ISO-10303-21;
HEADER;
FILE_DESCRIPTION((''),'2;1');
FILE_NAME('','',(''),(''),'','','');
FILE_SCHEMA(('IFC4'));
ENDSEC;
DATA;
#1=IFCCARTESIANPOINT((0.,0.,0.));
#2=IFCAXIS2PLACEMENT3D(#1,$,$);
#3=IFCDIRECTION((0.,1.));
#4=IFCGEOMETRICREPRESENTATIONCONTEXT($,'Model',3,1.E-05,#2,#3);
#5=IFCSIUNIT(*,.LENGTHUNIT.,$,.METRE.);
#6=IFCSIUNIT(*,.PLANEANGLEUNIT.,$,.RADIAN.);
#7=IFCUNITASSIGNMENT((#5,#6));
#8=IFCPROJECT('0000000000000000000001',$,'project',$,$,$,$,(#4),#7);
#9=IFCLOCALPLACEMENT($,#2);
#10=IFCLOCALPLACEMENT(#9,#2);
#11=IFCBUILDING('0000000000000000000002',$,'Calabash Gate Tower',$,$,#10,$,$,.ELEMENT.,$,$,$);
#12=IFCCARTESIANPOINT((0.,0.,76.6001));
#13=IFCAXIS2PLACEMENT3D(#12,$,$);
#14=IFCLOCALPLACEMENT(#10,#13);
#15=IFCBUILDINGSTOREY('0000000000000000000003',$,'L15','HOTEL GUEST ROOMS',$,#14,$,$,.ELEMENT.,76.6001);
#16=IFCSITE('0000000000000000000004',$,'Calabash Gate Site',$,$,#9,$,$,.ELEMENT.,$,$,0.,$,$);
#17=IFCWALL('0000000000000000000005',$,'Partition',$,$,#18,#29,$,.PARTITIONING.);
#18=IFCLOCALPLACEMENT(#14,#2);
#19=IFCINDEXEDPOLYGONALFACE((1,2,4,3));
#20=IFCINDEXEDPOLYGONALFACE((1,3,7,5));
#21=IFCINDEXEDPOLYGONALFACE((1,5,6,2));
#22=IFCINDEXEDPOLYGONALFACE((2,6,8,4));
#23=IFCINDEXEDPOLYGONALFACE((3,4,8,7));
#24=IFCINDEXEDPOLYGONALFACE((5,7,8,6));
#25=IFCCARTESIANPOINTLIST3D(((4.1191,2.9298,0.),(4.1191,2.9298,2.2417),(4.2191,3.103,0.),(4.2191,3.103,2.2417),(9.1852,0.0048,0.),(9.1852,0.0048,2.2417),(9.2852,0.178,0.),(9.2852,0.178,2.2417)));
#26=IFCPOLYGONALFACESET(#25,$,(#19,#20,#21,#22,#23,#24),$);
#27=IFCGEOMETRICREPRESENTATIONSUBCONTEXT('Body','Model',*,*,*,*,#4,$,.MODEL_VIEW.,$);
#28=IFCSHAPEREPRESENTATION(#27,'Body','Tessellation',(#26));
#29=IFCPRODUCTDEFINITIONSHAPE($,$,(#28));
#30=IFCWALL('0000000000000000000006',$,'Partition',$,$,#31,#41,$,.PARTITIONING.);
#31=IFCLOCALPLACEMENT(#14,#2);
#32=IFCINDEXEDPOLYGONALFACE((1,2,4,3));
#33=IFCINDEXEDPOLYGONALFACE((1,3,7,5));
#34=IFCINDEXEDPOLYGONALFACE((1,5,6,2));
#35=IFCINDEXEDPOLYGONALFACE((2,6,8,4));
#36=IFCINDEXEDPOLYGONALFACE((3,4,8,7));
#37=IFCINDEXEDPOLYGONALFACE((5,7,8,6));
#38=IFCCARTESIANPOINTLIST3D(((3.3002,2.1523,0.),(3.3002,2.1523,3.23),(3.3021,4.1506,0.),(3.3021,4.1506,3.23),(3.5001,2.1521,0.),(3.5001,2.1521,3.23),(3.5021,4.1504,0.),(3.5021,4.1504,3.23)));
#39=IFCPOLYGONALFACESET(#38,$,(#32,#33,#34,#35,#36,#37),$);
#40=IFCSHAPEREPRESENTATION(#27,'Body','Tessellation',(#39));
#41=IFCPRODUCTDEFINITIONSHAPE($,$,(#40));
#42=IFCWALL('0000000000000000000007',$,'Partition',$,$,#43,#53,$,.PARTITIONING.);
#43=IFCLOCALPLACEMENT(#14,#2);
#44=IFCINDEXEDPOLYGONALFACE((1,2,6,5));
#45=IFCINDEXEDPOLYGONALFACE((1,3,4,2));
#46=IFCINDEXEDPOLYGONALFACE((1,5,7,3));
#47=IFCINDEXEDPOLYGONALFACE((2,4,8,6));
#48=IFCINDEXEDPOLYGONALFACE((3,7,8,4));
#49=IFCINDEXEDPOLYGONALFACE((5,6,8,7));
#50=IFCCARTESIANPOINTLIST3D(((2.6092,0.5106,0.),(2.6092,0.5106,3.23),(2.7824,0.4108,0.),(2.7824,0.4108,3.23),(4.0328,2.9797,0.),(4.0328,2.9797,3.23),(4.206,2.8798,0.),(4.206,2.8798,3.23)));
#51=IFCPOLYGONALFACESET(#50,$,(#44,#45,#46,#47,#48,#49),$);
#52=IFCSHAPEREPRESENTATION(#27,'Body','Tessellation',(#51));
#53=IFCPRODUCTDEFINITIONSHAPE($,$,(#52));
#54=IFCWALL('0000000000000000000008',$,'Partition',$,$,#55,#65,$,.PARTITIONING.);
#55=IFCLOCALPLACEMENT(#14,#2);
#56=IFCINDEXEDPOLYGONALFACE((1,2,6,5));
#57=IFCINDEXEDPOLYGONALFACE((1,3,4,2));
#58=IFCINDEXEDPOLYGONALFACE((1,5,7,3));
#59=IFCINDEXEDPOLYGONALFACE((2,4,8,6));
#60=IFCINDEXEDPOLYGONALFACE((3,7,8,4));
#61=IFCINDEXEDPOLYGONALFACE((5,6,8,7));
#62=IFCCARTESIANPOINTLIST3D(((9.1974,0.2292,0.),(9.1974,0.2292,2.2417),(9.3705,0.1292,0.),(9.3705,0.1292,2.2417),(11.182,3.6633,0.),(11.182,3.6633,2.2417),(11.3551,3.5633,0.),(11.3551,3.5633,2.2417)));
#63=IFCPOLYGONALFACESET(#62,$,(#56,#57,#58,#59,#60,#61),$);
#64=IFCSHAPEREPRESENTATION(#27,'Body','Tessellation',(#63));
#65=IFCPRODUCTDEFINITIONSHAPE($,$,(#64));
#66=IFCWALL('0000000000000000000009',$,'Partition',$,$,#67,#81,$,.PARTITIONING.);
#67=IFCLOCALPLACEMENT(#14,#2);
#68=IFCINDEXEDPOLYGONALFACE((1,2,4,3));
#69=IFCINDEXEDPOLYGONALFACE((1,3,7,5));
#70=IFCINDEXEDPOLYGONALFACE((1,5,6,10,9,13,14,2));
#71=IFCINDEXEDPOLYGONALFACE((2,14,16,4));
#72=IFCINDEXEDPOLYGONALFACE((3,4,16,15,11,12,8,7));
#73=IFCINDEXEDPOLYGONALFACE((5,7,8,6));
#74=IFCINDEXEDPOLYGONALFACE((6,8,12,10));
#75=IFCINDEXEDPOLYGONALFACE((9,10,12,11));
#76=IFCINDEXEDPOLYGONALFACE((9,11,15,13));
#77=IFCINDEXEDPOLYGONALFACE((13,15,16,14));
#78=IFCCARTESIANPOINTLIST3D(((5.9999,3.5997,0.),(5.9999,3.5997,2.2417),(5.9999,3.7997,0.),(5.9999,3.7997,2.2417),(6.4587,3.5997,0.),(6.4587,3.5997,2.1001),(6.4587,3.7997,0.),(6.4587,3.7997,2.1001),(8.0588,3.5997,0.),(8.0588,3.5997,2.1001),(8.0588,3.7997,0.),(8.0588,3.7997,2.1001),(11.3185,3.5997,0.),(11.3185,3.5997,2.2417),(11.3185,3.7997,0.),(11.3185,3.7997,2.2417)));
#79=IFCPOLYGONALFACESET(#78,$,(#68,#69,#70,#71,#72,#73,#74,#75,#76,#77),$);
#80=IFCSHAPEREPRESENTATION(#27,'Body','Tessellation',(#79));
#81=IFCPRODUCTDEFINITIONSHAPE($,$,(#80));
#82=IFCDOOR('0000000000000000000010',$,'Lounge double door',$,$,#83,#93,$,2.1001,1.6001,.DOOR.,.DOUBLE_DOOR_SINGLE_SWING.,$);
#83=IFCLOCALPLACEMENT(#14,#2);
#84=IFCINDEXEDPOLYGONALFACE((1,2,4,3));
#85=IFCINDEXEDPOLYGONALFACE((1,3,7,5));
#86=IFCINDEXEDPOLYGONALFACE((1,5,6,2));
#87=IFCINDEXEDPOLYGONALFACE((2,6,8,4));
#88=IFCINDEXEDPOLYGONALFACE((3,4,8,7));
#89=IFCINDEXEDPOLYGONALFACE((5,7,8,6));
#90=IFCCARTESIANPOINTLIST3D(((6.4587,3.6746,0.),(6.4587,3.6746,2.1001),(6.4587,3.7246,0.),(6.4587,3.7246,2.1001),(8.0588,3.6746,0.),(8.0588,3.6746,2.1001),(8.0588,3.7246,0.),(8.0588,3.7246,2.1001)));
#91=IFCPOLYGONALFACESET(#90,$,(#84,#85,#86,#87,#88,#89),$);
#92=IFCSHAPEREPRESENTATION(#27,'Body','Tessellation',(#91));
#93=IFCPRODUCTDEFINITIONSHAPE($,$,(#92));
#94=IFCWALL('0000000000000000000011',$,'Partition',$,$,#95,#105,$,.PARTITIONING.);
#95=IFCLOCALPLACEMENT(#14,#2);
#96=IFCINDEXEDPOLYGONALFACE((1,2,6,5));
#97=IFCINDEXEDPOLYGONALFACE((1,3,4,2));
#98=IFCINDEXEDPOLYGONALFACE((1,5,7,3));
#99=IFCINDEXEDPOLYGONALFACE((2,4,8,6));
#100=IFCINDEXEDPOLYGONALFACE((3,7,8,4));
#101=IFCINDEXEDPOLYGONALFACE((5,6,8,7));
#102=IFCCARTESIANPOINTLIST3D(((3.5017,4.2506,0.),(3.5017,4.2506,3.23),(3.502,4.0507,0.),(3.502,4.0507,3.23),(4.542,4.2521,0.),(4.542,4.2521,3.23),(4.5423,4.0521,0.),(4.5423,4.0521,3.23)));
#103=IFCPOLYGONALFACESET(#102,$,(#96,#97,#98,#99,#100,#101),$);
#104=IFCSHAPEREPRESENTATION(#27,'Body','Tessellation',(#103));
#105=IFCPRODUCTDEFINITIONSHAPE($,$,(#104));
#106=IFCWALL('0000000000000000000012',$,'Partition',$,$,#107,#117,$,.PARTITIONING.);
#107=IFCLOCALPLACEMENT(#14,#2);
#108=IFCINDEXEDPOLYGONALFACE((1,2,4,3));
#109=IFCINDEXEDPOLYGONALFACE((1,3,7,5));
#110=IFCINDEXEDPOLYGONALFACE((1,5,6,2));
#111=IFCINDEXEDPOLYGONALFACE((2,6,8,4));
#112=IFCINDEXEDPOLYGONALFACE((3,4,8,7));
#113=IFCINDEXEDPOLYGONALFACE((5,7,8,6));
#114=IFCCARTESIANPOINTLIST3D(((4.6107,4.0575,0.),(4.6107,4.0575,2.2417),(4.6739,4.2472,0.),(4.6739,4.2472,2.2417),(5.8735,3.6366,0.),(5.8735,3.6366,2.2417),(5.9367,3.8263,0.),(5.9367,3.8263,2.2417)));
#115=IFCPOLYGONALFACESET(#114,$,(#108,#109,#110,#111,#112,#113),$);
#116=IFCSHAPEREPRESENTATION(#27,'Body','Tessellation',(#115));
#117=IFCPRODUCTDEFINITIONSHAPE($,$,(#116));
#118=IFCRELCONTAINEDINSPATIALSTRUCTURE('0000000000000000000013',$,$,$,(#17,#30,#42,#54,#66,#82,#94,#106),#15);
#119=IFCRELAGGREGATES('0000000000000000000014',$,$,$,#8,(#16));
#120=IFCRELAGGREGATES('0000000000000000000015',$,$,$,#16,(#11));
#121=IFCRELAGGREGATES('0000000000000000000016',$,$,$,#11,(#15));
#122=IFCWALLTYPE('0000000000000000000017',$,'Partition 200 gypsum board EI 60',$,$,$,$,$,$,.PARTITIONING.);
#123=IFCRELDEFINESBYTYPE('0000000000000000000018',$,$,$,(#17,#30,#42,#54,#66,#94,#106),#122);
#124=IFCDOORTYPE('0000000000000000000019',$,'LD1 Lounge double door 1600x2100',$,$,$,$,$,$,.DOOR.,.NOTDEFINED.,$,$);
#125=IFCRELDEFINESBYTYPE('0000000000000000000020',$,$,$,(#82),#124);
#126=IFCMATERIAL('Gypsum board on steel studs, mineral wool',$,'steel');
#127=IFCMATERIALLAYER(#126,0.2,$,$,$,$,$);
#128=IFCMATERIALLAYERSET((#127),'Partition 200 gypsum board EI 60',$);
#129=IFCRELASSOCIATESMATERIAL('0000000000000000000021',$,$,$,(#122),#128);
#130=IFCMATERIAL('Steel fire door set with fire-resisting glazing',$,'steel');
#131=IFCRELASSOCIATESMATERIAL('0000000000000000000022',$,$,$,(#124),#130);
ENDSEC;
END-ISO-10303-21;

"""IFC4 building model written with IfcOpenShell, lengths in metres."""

from ifc_helpers import new_model, si_unit, direction, frame, frame_2d, origin, place, context, subcontext, project, spatial, rectangle, extrude, material, layer, layer_set, type_object, element, fill, save


model = new_model("IFC4")

# Units and contexts
model_context = context("Model", 3, precision=1e-05, world=origin(), true_north=direction((0.0, 1.0)))
body_context = subcontext(model_context, "Body", "Model", "MODEL_VIEW")
ifc_project = project(units=[si_unit("LENGTHUNIT", "METRE"), si_unit("PLANEANGLEUNIT", "RADIAN")], contexts=[model_context])

# Site, building, storey
site_placement = place(None, origin())
site = spatial("IfcSite", under=ifc_project, at=site_placement, Name="Calabash Gate Site", CompositionType="ELEMENT", RefElevation=0.0)
building_placement = place(site_placement, origin())
building = spatial("IfcBuilding", under=site, at=building_placement, Name="Calabash Gate Tower", CompositionType="ELEMENT")
storey_placement = place(building_placement, frame((0.0, 0.0, 76.6001)))
storey = spatial("IfcBuildingStorey", under=building, at=storey_placement, Name="L15", Description="HOTEL GUEST ROOMS", CompositionType="ELEMENT", Elevation=76.6001)

# Walls
ifc_material_1 = material(Name="Gypsum board on steel studs, mineral wool", Category="steel")
ifc_layer_1 = layer(ifc_material_1, 0.2)
ifc_layer_set_1 = layer_set([ifc_layer_1], Name="Partition 200 gypsum board EI 60")
wall_type_1 = type_object("IfcWallType", Name="Partition 200 gypsum board EI 60", PredefinedType="PARTITIONING", material=ifc_layer_set_1)
wall_1_placement = place(storey_placement, frame((4.1692, 3.0164, 0.0), z_axis=(0.0, 0.0, 1.0), x_axis=(0.866018, -0.500013, 0.0)))
element("IfcWall", 1, at=wall_1_placement, inside=storey, type_object=wall_type_1, Name="Partition", PredefinedType="PARTITIONING", context=body_context, shape_type="SweptSolid", body=[
    extrude(rectangle(XDim=5.8499, YDim=0.2, at=frame_2d((2.9248, 0.0))), origin(), (0.0, 0.0, 1.0), 2.2417),
])
wall_2_placement = place(storey_placement, frame((3.4001, 2.1523, 0.0), z_axis=(0.0, 0.0, 1.0), x_axis=(0.000977, 1.0, 0.0)))
element("IfcWall", 2, at=wall_2_placement, inside=storey, type_object=wall_type_1, Name="Partition", PredefinedType="PARTITIONING", context=body_context, shape_type="SweptSolid", body=[
    extrude(rectangle(XDim=1.9983, YDim=0.2, at=frame_2d((0.999, 0.0))), origin(), (0.0, 0.0, 1.0), 3.23),
])
wall_3_placement = place(storey_placement, frame((2.6958, 0.4607, 0.0), z_axis=(0.0, 0.0, 1.0), x_axis=(0.499502, 0.866312, 0.0)))
element("IfcWall", 3, at=wall_3_placement, inside=storey, type_object=wall_type_1, Name="Partition", PredefinedType="PARTITIONING", context=body_context, shape_type="SweptSolid", body=[
    extrude(rectangle(XDim=2.8501, YDim=0.2, at=frame_2d((1.425, 0.0))), origin(), (0.0, 0.0, 1.0), 3.23),
])
wall_4_placement = place(storey_placement, frame((9.2839, 0.1792, 0.0), z_axis=(0.0, 0.0, 1.0), x_axis=(0.500369, 0.865812, 0.0)))
element("IfcWall", 4, at=wall_4_placement, inside=storey, type_object=wall_type_1, Name="Partition", PredefinedType="PARTITIONING", context=body_context, shape_type="SweptSolid", body=[
    extrude(rectangle(XDim=3.9663, YDim=0.2, at=frame_2d((1.9832, 0.0))), origin(), (0.0, 0.0, 1.0), 2.2417),
])

# Wall, opening, door
wall_5_placement = place(storey_placement, frame((6.0, 3.6997, 0.0), z_axis=(0.0, 0.0, 1.0), x_axis=(1.0, 0.0, 0.0)))
wall_5 = element("IfcWall", 5, at=wall_5_placement, inside=storey, type_object=wall_type_1, Name="Partition", PredefinedType="PARTITIONING", context=body_context, shape_type="SweptSolid", body=[
    extrude(rectangle(XDim=5.3186, YDim=0.2, at=frame_2d((2.6592, 0.0))), origin(), (0.0, 0.0, 1.0), 2.2417),
])
opening_1_placement = place(wall_5_placement, frame((0.4587, 0.0, 0.0)))
opening_1 = element("IfcOpeningElement", 6, at=opening_1_placement, cuts=wall_5, PredefinedType="OPENING", context=body_context, shape_type="SweptSolid", body=[
    extrude(rectangle(XDim=1.6001, YDim=2.1001, at=frame_2d((0.8, 1.05))), frame((0.0, 0.1099, 0.0), z_axis=(0.0, -1.0, 0.0), x_axis=(1.0, 0.0, 0.0)), (0.0, 0.0, 1.0), 0.22),
])
ifc_material_2 = material(Name="Steel fire door set with fire-resisting glazing", Category="steel")
door_type_1 = type_object("IfcDoorType", Name="LD1 Lounge double door 1600x2100", OperationType="NOTDEFINED", PredefinedType="DOOR", material=ifc_material_2)
door_1_placement = place(opening_1_placement, origin())
door_1 = element("IfcDoor", 7, at=door_1_placement, inside=storey, type_object=door_type_1, Name="Lounge double door", OperationType="DOUBLE_DOOR_SINGLE_SWING", OverallHeight=2.1001, OverallWidth=1.6001, PredefinedType="DOOR", context=body_context, shape_type="SweptSolid", body=[
    extrude(rectangle(XDim=1.6001, YDim=2.1001, at=frame_2d((0.8, 1.05))), frame((0.0, 0.0249, 0.0), z_axis=(0.0, -1.0, 0.0), x_axis=(1.0, 0.0, 0.0)), (0.0, 0.0, 1.0), 0.05),
])
fill(opening_1, door_1)

# Walls
wall_6_placement = place(storey_placement, frame((3.502, 4.1506, 0.0), z_axis=(0.0, 0.0, 1.0), x_axis=(0.999999, 0.001408, 0.0)))
element("IfcWall", 8, at=wall_6_placement, inside=storey, type_object=wall_type_1, Name="Partition", PredefinedType="PARTITIONING", context=body_context, shape_type="SweptSolid", body=[
    extrude(rectangle(XDim=1.0403, YDim=0.2, at=frame_2d((0.52, 0.0))), origin(), (0.0, 0.0, 1.0), 3.23),
])
wall_7_placement = place(storey_placement, frame((4.6423, 4.1523, 0.0), z_axis=(0.0, 0.0, 1.0), x_axis=(0.948683, -0.316228, 0.0)))
element("IfcWall", 9, at=wall_7_placement, inside=storey, type_object=wall_type_1, Name="Partition", PredefinedType="PARTITIONING", context=body_context, shape_type="SweptSolid", body=[
    extrude(rectangle(XDim=1.3311, YDim=0.2, at=frame_2d((0.6655, 0.0))), origin(), (0.0, 0.0, 1.0), 2.2417),
])

save(model, "model.ifc")
